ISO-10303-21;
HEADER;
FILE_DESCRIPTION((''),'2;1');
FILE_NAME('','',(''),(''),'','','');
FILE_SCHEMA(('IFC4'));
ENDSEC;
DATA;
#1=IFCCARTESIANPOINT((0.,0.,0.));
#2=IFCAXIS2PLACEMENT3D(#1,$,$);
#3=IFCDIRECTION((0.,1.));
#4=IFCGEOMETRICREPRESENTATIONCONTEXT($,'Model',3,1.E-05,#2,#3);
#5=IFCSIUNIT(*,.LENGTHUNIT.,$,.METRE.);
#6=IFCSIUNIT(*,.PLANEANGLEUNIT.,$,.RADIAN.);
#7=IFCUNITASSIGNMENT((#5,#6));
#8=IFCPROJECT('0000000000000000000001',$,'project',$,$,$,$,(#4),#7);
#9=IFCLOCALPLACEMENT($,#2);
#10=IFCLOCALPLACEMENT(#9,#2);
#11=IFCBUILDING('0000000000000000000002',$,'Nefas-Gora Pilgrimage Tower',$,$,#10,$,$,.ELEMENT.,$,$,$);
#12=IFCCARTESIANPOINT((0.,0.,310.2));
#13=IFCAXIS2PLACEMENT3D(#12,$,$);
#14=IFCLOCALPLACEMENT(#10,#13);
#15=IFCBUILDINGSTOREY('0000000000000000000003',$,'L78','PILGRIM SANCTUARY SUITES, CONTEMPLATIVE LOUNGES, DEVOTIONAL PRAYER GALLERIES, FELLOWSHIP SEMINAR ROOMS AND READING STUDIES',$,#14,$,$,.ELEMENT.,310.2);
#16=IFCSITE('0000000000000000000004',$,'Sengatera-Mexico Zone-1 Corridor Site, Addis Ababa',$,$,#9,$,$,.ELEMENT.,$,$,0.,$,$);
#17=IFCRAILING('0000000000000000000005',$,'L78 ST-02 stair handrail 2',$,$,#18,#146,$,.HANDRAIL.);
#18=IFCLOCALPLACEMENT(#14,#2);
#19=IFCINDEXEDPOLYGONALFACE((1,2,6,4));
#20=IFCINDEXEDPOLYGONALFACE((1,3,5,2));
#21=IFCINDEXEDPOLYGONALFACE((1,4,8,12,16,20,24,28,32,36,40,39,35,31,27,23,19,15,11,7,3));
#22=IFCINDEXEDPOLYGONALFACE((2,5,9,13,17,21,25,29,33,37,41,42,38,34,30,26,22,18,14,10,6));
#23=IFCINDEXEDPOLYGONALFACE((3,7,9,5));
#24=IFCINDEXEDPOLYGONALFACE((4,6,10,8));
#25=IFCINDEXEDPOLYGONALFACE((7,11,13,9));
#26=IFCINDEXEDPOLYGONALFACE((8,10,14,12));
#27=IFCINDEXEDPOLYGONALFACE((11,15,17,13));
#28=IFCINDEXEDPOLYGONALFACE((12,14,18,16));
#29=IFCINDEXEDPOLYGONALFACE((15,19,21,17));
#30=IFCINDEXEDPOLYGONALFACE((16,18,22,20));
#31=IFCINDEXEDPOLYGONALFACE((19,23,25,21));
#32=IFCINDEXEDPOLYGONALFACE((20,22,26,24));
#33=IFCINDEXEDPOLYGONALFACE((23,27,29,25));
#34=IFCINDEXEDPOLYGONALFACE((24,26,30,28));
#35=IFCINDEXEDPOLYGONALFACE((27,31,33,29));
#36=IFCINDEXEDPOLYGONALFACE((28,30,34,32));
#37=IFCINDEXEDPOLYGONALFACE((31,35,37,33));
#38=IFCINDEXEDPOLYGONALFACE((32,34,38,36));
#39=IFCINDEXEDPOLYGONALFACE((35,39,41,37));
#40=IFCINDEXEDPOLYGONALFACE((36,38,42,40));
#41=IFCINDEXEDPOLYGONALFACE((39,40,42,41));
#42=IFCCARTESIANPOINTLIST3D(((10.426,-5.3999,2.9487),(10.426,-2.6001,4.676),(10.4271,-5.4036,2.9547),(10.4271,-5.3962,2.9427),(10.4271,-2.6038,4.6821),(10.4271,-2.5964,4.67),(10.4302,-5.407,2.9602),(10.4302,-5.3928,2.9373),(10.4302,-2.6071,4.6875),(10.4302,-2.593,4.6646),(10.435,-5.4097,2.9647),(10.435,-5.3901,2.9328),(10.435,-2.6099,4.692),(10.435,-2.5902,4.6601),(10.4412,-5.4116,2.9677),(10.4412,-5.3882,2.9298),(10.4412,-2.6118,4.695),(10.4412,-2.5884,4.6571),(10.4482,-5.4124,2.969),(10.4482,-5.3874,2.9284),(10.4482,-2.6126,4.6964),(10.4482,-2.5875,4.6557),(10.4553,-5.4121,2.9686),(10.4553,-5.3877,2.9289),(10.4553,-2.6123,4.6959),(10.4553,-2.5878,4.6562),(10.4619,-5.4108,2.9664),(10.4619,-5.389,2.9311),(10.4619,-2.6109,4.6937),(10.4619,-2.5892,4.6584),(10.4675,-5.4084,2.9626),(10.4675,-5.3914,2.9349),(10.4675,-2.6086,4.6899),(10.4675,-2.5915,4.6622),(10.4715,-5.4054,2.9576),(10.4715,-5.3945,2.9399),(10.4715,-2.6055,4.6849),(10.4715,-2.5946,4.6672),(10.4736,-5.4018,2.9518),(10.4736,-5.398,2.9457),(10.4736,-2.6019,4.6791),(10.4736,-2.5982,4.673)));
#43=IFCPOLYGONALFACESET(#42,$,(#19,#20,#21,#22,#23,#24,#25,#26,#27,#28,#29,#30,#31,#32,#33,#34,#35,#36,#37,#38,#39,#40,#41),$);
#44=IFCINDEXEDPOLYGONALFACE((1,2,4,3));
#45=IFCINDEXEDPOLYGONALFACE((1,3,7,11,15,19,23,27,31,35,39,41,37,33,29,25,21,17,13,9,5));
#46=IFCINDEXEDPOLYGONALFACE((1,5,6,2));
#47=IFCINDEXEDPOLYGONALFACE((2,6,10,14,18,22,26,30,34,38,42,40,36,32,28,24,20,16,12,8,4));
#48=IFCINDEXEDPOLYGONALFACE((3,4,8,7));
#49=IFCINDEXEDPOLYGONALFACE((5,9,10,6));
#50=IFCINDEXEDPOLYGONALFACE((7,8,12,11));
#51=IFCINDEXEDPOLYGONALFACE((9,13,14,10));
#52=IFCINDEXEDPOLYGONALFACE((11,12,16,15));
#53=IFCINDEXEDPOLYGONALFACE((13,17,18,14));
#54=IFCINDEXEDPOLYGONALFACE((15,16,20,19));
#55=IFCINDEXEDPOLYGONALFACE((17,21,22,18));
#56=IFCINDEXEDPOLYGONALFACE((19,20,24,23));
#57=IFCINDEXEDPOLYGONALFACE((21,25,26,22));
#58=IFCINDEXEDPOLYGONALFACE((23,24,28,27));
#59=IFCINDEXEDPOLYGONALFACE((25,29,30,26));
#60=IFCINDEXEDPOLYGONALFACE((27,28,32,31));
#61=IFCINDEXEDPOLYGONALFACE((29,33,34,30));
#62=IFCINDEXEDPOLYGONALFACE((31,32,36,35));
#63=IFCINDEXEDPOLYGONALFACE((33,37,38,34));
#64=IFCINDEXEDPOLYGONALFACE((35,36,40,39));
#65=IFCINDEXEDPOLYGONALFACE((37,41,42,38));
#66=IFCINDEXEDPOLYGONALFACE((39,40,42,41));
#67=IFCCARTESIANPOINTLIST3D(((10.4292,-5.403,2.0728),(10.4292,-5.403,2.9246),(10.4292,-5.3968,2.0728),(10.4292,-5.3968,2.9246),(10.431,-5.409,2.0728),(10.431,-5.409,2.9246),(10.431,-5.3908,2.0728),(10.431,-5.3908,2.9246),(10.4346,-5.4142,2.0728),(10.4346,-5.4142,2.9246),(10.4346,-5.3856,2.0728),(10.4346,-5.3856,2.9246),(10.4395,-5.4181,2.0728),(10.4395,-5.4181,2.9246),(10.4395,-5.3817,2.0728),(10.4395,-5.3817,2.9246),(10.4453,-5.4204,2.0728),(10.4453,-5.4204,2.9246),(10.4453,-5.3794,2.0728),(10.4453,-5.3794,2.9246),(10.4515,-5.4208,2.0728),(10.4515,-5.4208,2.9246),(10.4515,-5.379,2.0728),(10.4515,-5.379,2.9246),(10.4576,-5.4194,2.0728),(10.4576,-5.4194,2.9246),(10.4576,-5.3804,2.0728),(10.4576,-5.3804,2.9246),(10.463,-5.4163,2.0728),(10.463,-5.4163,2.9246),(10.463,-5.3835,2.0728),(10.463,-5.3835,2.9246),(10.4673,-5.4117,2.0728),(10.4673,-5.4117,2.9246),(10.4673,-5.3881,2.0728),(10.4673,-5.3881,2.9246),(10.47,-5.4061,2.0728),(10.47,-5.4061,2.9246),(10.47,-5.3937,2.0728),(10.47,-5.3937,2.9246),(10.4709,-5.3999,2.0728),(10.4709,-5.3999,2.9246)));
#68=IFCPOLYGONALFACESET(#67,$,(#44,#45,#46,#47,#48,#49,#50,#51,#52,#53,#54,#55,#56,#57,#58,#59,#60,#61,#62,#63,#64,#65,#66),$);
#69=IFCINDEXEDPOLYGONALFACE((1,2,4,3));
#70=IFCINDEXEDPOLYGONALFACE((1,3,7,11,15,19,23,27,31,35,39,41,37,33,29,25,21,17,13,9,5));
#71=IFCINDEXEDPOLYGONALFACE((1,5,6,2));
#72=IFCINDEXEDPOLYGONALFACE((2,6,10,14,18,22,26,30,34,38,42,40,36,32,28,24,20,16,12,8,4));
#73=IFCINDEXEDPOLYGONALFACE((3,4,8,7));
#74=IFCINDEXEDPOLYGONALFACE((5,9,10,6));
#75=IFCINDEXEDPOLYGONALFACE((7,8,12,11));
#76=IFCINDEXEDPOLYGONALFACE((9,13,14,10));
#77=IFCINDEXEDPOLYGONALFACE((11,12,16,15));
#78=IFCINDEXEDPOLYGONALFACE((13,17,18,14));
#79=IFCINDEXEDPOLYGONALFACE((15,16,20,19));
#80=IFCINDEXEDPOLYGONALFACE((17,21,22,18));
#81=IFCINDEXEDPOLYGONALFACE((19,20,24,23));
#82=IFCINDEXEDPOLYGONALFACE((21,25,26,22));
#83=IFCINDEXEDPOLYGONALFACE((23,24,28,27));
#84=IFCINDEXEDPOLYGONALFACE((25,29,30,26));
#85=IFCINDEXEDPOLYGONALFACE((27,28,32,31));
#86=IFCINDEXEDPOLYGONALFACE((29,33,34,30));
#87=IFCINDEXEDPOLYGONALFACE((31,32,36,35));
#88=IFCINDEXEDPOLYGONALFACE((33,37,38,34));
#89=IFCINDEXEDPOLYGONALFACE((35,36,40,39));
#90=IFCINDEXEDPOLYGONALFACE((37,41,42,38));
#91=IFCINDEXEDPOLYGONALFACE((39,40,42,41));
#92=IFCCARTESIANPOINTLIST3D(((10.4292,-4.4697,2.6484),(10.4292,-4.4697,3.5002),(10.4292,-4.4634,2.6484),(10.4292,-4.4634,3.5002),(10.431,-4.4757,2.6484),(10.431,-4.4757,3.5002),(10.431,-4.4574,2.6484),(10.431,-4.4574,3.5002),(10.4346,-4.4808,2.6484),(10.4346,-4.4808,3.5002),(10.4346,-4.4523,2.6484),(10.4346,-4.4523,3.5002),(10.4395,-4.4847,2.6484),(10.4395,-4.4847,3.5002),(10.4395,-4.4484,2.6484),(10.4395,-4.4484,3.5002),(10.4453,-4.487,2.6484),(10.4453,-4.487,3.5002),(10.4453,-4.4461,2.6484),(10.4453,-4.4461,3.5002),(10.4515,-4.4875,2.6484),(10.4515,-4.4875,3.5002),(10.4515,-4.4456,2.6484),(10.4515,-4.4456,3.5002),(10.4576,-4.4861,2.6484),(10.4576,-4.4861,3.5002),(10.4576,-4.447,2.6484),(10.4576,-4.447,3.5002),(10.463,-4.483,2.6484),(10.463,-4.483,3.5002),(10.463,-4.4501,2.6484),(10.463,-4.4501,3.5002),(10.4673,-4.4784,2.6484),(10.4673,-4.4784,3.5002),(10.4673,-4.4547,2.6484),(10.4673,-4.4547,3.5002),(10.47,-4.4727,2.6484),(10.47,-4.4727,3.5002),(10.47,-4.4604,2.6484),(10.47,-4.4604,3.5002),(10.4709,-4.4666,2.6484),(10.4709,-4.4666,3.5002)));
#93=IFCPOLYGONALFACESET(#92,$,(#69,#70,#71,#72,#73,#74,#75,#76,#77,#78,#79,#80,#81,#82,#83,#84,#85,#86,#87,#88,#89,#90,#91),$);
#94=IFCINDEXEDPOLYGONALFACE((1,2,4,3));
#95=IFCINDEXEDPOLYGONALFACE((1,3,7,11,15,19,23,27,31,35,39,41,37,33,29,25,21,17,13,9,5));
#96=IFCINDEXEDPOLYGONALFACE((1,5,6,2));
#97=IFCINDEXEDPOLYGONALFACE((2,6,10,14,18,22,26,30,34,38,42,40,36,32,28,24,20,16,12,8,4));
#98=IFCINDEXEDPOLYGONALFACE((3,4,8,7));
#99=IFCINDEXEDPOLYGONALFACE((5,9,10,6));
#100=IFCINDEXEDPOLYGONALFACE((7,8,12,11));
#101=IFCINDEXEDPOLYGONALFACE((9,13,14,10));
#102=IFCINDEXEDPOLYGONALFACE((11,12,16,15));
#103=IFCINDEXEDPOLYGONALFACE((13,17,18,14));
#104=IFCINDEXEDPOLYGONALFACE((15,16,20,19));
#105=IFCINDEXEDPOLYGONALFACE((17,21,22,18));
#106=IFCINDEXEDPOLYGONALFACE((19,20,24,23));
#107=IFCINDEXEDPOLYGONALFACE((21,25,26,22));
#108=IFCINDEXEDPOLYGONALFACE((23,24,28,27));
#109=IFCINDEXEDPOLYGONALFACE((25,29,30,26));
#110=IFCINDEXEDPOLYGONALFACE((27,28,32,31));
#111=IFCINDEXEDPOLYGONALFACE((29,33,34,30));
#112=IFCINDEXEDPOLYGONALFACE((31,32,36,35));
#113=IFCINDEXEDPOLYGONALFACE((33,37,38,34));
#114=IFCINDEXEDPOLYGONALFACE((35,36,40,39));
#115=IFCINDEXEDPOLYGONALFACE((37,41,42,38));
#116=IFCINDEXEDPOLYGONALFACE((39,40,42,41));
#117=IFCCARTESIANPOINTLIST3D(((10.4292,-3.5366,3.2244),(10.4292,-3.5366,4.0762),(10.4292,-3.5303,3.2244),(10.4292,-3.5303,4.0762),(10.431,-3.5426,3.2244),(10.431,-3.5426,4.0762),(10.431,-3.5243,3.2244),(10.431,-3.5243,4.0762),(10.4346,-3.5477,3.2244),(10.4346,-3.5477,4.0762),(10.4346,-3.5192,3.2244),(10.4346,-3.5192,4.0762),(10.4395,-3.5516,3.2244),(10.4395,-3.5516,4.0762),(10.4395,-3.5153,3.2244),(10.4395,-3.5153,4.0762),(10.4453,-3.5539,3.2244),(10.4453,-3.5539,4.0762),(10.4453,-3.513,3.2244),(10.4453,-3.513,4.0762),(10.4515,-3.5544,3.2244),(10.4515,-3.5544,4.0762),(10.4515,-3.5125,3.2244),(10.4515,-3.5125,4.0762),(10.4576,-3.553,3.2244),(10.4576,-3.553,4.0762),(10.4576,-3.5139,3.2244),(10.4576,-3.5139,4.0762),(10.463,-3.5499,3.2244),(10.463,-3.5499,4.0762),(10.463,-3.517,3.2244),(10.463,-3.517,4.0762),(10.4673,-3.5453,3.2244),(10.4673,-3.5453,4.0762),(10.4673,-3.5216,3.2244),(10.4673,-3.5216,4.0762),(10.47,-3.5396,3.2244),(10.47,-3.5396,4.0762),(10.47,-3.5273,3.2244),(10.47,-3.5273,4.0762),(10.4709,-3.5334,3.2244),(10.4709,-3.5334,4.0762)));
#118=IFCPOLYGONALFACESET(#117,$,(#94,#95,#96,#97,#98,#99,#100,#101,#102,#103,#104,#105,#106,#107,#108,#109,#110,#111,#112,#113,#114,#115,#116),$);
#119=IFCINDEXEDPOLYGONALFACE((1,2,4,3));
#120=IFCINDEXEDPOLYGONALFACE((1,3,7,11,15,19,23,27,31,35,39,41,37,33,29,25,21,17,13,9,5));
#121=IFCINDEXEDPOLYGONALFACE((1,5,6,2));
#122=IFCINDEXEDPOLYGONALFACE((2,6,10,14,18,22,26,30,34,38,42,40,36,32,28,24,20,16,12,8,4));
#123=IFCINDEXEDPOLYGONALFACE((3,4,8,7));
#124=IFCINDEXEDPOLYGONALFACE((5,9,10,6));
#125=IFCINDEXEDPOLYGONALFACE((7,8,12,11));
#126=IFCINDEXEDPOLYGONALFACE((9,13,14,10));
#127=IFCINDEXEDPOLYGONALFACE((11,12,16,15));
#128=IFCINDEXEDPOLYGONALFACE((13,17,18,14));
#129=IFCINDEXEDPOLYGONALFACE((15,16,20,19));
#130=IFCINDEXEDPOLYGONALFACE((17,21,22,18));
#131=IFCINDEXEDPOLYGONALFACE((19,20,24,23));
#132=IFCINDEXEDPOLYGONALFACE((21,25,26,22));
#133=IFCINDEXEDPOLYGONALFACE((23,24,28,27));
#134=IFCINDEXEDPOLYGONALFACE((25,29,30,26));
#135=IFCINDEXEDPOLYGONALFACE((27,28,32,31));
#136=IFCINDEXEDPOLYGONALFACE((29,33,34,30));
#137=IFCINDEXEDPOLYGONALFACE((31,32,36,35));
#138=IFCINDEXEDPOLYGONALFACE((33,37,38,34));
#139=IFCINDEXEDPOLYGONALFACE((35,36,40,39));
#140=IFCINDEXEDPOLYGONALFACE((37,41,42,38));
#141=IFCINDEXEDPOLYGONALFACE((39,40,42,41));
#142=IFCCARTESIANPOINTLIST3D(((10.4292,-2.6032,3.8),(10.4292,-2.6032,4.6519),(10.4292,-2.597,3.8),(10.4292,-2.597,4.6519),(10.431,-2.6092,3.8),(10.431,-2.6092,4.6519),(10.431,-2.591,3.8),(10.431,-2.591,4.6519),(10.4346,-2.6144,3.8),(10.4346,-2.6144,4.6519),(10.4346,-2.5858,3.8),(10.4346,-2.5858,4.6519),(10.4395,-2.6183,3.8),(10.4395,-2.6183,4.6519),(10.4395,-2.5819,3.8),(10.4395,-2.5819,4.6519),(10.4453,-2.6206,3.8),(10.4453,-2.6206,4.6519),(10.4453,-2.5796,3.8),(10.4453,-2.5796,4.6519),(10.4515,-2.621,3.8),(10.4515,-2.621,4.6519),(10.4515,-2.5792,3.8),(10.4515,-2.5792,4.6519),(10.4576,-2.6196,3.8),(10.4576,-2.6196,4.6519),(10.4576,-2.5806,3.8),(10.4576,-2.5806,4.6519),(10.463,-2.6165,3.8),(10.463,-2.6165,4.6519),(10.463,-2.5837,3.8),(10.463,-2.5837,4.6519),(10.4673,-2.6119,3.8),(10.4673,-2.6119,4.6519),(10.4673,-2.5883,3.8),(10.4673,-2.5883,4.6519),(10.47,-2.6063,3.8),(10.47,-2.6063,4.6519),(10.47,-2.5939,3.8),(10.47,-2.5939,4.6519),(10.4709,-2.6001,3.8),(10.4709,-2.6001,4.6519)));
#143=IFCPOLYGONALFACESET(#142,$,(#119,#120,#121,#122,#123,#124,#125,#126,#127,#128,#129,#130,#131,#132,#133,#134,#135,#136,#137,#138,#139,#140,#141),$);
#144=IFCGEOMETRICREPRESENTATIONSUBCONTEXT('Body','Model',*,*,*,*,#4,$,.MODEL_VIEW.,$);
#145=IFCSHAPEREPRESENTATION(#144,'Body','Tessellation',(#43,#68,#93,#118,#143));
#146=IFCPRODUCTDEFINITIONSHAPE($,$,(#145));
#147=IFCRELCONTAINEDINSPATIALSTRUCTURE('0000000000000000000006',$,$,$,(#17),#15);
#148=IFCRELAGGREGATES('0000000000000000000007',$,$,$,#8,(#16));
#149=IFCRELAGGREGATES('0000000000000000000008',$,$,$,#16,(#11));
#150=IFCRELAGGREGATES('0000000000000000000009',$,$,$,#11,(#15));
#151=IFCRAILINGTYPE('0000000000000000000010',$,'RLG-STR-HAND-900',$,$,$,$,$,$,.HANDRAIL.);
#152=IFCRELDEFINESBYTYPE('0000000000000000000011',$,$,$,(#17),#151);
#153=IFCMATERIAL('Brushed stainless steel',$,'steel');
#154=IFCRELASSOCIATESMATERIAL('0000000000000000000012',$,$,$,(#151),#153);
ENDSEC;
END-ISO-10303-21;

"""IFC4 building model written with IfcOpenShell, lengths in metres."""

from ifc_helpers import new_model, si_unit, direction, frame, origin, origin_2d, place, context, subcontext, project, spatial, circle, extrude, material, type_object, element, save


model = new_model("IFC4")

# Units and contexts
model_context = context("Model", 3, precision=1e-05, world=origin(), true_north=direction((0.0, 1.0)))
body_context = subcontext(model_context, "Body", "Model", "MODEL_VIEW")
ifc_project = project(units=[si_unit("LENGTHUNIT", "METRE"), si_unit("PLANEANGLEUNIT", "RADIAN")], contexts=[model_context])

# Site, building, storey
site_placement = place(None, origin())
site = spatial("IfcSite", under=ifc_project, at=site_placement, Name="Sengatera-Mexico Zone-1 Corridor Site, Addis Ababa", CompositionType="ELEMENT", RefElevation=0.0)
building_placement = place(site_placement, origin())
building = spatial("IfcBuilding", under=site, at=building_placement, Name="Nefas-Gora Pilgrimage Tower", CompositionType="ELEMENT")
storey_placement = place(building_placement, frame((0.0, 0.0, 310.2)))
storey = spatial("IfcBuildingStorey", under=building, at=storey_placement, Name="L78", Description="PILGRIM SANCTUARY SUITES, CONTEMPLATIVE LOUNGES, DEVOTIONAL PRAYER GALLERIES, FELLOWSHIP SEMINAR ROOMS AND READING STUDIES", CompositionType="ELEMENT", Elevation=310.2)

# Railing
ifc_material_1 = material(Name="Brushed stainless steel", Category="steel")
railing_type = type_object("IfcRailingType", Name="RLG-STR-HAND-900", PredefinedType="HANDRAIL", material=ifc_material_1)
railing_placement = place(storey_placement, frame((10.45, -5.3999, 2.0728)))
element("IfcRailing", 1, at=railing_placement, inside=storey, type_object=railing_type, Name="L78 ST-02 stair handrail 2", PredefinedType="HANDRAIL", context=body_context, shape_type="SweptSolid", body=[
    extrude(circle(Radius=0.0239, at=origin_2d()), frame((0.0, 0.0, 0.876), z_axis=(0.0, 0.851069, 0.525054), x_axis=(-1.0, 0.0, 0.0)), (0.0, 0.0, 1.0), 3.2898),
    extrude(circle(Radius=0.021, at=origin_2d()), origin(), (0.0, 0.0, 1.0), 0.8518),
    extrude(circle(Radius=0.021, at=origin_2d()), frame((0.0, 0.9333, 0.5757)), (0.0, 0.0, 1.0), 0.8518),
    extrude(circle(Radius=0.021, at=origin_2d()), frame((0.0, 1.8665, 1.1516)), (0.0, 0.0, 1.0), 0.8518),
    extrude(circle(Radius=0.021, at=origin_2d()), frame((0.0, 2.7998, 1.7273)), (0.0, 0.0, 1.0), 0.8518),
])

save(model, "model.ifc")
